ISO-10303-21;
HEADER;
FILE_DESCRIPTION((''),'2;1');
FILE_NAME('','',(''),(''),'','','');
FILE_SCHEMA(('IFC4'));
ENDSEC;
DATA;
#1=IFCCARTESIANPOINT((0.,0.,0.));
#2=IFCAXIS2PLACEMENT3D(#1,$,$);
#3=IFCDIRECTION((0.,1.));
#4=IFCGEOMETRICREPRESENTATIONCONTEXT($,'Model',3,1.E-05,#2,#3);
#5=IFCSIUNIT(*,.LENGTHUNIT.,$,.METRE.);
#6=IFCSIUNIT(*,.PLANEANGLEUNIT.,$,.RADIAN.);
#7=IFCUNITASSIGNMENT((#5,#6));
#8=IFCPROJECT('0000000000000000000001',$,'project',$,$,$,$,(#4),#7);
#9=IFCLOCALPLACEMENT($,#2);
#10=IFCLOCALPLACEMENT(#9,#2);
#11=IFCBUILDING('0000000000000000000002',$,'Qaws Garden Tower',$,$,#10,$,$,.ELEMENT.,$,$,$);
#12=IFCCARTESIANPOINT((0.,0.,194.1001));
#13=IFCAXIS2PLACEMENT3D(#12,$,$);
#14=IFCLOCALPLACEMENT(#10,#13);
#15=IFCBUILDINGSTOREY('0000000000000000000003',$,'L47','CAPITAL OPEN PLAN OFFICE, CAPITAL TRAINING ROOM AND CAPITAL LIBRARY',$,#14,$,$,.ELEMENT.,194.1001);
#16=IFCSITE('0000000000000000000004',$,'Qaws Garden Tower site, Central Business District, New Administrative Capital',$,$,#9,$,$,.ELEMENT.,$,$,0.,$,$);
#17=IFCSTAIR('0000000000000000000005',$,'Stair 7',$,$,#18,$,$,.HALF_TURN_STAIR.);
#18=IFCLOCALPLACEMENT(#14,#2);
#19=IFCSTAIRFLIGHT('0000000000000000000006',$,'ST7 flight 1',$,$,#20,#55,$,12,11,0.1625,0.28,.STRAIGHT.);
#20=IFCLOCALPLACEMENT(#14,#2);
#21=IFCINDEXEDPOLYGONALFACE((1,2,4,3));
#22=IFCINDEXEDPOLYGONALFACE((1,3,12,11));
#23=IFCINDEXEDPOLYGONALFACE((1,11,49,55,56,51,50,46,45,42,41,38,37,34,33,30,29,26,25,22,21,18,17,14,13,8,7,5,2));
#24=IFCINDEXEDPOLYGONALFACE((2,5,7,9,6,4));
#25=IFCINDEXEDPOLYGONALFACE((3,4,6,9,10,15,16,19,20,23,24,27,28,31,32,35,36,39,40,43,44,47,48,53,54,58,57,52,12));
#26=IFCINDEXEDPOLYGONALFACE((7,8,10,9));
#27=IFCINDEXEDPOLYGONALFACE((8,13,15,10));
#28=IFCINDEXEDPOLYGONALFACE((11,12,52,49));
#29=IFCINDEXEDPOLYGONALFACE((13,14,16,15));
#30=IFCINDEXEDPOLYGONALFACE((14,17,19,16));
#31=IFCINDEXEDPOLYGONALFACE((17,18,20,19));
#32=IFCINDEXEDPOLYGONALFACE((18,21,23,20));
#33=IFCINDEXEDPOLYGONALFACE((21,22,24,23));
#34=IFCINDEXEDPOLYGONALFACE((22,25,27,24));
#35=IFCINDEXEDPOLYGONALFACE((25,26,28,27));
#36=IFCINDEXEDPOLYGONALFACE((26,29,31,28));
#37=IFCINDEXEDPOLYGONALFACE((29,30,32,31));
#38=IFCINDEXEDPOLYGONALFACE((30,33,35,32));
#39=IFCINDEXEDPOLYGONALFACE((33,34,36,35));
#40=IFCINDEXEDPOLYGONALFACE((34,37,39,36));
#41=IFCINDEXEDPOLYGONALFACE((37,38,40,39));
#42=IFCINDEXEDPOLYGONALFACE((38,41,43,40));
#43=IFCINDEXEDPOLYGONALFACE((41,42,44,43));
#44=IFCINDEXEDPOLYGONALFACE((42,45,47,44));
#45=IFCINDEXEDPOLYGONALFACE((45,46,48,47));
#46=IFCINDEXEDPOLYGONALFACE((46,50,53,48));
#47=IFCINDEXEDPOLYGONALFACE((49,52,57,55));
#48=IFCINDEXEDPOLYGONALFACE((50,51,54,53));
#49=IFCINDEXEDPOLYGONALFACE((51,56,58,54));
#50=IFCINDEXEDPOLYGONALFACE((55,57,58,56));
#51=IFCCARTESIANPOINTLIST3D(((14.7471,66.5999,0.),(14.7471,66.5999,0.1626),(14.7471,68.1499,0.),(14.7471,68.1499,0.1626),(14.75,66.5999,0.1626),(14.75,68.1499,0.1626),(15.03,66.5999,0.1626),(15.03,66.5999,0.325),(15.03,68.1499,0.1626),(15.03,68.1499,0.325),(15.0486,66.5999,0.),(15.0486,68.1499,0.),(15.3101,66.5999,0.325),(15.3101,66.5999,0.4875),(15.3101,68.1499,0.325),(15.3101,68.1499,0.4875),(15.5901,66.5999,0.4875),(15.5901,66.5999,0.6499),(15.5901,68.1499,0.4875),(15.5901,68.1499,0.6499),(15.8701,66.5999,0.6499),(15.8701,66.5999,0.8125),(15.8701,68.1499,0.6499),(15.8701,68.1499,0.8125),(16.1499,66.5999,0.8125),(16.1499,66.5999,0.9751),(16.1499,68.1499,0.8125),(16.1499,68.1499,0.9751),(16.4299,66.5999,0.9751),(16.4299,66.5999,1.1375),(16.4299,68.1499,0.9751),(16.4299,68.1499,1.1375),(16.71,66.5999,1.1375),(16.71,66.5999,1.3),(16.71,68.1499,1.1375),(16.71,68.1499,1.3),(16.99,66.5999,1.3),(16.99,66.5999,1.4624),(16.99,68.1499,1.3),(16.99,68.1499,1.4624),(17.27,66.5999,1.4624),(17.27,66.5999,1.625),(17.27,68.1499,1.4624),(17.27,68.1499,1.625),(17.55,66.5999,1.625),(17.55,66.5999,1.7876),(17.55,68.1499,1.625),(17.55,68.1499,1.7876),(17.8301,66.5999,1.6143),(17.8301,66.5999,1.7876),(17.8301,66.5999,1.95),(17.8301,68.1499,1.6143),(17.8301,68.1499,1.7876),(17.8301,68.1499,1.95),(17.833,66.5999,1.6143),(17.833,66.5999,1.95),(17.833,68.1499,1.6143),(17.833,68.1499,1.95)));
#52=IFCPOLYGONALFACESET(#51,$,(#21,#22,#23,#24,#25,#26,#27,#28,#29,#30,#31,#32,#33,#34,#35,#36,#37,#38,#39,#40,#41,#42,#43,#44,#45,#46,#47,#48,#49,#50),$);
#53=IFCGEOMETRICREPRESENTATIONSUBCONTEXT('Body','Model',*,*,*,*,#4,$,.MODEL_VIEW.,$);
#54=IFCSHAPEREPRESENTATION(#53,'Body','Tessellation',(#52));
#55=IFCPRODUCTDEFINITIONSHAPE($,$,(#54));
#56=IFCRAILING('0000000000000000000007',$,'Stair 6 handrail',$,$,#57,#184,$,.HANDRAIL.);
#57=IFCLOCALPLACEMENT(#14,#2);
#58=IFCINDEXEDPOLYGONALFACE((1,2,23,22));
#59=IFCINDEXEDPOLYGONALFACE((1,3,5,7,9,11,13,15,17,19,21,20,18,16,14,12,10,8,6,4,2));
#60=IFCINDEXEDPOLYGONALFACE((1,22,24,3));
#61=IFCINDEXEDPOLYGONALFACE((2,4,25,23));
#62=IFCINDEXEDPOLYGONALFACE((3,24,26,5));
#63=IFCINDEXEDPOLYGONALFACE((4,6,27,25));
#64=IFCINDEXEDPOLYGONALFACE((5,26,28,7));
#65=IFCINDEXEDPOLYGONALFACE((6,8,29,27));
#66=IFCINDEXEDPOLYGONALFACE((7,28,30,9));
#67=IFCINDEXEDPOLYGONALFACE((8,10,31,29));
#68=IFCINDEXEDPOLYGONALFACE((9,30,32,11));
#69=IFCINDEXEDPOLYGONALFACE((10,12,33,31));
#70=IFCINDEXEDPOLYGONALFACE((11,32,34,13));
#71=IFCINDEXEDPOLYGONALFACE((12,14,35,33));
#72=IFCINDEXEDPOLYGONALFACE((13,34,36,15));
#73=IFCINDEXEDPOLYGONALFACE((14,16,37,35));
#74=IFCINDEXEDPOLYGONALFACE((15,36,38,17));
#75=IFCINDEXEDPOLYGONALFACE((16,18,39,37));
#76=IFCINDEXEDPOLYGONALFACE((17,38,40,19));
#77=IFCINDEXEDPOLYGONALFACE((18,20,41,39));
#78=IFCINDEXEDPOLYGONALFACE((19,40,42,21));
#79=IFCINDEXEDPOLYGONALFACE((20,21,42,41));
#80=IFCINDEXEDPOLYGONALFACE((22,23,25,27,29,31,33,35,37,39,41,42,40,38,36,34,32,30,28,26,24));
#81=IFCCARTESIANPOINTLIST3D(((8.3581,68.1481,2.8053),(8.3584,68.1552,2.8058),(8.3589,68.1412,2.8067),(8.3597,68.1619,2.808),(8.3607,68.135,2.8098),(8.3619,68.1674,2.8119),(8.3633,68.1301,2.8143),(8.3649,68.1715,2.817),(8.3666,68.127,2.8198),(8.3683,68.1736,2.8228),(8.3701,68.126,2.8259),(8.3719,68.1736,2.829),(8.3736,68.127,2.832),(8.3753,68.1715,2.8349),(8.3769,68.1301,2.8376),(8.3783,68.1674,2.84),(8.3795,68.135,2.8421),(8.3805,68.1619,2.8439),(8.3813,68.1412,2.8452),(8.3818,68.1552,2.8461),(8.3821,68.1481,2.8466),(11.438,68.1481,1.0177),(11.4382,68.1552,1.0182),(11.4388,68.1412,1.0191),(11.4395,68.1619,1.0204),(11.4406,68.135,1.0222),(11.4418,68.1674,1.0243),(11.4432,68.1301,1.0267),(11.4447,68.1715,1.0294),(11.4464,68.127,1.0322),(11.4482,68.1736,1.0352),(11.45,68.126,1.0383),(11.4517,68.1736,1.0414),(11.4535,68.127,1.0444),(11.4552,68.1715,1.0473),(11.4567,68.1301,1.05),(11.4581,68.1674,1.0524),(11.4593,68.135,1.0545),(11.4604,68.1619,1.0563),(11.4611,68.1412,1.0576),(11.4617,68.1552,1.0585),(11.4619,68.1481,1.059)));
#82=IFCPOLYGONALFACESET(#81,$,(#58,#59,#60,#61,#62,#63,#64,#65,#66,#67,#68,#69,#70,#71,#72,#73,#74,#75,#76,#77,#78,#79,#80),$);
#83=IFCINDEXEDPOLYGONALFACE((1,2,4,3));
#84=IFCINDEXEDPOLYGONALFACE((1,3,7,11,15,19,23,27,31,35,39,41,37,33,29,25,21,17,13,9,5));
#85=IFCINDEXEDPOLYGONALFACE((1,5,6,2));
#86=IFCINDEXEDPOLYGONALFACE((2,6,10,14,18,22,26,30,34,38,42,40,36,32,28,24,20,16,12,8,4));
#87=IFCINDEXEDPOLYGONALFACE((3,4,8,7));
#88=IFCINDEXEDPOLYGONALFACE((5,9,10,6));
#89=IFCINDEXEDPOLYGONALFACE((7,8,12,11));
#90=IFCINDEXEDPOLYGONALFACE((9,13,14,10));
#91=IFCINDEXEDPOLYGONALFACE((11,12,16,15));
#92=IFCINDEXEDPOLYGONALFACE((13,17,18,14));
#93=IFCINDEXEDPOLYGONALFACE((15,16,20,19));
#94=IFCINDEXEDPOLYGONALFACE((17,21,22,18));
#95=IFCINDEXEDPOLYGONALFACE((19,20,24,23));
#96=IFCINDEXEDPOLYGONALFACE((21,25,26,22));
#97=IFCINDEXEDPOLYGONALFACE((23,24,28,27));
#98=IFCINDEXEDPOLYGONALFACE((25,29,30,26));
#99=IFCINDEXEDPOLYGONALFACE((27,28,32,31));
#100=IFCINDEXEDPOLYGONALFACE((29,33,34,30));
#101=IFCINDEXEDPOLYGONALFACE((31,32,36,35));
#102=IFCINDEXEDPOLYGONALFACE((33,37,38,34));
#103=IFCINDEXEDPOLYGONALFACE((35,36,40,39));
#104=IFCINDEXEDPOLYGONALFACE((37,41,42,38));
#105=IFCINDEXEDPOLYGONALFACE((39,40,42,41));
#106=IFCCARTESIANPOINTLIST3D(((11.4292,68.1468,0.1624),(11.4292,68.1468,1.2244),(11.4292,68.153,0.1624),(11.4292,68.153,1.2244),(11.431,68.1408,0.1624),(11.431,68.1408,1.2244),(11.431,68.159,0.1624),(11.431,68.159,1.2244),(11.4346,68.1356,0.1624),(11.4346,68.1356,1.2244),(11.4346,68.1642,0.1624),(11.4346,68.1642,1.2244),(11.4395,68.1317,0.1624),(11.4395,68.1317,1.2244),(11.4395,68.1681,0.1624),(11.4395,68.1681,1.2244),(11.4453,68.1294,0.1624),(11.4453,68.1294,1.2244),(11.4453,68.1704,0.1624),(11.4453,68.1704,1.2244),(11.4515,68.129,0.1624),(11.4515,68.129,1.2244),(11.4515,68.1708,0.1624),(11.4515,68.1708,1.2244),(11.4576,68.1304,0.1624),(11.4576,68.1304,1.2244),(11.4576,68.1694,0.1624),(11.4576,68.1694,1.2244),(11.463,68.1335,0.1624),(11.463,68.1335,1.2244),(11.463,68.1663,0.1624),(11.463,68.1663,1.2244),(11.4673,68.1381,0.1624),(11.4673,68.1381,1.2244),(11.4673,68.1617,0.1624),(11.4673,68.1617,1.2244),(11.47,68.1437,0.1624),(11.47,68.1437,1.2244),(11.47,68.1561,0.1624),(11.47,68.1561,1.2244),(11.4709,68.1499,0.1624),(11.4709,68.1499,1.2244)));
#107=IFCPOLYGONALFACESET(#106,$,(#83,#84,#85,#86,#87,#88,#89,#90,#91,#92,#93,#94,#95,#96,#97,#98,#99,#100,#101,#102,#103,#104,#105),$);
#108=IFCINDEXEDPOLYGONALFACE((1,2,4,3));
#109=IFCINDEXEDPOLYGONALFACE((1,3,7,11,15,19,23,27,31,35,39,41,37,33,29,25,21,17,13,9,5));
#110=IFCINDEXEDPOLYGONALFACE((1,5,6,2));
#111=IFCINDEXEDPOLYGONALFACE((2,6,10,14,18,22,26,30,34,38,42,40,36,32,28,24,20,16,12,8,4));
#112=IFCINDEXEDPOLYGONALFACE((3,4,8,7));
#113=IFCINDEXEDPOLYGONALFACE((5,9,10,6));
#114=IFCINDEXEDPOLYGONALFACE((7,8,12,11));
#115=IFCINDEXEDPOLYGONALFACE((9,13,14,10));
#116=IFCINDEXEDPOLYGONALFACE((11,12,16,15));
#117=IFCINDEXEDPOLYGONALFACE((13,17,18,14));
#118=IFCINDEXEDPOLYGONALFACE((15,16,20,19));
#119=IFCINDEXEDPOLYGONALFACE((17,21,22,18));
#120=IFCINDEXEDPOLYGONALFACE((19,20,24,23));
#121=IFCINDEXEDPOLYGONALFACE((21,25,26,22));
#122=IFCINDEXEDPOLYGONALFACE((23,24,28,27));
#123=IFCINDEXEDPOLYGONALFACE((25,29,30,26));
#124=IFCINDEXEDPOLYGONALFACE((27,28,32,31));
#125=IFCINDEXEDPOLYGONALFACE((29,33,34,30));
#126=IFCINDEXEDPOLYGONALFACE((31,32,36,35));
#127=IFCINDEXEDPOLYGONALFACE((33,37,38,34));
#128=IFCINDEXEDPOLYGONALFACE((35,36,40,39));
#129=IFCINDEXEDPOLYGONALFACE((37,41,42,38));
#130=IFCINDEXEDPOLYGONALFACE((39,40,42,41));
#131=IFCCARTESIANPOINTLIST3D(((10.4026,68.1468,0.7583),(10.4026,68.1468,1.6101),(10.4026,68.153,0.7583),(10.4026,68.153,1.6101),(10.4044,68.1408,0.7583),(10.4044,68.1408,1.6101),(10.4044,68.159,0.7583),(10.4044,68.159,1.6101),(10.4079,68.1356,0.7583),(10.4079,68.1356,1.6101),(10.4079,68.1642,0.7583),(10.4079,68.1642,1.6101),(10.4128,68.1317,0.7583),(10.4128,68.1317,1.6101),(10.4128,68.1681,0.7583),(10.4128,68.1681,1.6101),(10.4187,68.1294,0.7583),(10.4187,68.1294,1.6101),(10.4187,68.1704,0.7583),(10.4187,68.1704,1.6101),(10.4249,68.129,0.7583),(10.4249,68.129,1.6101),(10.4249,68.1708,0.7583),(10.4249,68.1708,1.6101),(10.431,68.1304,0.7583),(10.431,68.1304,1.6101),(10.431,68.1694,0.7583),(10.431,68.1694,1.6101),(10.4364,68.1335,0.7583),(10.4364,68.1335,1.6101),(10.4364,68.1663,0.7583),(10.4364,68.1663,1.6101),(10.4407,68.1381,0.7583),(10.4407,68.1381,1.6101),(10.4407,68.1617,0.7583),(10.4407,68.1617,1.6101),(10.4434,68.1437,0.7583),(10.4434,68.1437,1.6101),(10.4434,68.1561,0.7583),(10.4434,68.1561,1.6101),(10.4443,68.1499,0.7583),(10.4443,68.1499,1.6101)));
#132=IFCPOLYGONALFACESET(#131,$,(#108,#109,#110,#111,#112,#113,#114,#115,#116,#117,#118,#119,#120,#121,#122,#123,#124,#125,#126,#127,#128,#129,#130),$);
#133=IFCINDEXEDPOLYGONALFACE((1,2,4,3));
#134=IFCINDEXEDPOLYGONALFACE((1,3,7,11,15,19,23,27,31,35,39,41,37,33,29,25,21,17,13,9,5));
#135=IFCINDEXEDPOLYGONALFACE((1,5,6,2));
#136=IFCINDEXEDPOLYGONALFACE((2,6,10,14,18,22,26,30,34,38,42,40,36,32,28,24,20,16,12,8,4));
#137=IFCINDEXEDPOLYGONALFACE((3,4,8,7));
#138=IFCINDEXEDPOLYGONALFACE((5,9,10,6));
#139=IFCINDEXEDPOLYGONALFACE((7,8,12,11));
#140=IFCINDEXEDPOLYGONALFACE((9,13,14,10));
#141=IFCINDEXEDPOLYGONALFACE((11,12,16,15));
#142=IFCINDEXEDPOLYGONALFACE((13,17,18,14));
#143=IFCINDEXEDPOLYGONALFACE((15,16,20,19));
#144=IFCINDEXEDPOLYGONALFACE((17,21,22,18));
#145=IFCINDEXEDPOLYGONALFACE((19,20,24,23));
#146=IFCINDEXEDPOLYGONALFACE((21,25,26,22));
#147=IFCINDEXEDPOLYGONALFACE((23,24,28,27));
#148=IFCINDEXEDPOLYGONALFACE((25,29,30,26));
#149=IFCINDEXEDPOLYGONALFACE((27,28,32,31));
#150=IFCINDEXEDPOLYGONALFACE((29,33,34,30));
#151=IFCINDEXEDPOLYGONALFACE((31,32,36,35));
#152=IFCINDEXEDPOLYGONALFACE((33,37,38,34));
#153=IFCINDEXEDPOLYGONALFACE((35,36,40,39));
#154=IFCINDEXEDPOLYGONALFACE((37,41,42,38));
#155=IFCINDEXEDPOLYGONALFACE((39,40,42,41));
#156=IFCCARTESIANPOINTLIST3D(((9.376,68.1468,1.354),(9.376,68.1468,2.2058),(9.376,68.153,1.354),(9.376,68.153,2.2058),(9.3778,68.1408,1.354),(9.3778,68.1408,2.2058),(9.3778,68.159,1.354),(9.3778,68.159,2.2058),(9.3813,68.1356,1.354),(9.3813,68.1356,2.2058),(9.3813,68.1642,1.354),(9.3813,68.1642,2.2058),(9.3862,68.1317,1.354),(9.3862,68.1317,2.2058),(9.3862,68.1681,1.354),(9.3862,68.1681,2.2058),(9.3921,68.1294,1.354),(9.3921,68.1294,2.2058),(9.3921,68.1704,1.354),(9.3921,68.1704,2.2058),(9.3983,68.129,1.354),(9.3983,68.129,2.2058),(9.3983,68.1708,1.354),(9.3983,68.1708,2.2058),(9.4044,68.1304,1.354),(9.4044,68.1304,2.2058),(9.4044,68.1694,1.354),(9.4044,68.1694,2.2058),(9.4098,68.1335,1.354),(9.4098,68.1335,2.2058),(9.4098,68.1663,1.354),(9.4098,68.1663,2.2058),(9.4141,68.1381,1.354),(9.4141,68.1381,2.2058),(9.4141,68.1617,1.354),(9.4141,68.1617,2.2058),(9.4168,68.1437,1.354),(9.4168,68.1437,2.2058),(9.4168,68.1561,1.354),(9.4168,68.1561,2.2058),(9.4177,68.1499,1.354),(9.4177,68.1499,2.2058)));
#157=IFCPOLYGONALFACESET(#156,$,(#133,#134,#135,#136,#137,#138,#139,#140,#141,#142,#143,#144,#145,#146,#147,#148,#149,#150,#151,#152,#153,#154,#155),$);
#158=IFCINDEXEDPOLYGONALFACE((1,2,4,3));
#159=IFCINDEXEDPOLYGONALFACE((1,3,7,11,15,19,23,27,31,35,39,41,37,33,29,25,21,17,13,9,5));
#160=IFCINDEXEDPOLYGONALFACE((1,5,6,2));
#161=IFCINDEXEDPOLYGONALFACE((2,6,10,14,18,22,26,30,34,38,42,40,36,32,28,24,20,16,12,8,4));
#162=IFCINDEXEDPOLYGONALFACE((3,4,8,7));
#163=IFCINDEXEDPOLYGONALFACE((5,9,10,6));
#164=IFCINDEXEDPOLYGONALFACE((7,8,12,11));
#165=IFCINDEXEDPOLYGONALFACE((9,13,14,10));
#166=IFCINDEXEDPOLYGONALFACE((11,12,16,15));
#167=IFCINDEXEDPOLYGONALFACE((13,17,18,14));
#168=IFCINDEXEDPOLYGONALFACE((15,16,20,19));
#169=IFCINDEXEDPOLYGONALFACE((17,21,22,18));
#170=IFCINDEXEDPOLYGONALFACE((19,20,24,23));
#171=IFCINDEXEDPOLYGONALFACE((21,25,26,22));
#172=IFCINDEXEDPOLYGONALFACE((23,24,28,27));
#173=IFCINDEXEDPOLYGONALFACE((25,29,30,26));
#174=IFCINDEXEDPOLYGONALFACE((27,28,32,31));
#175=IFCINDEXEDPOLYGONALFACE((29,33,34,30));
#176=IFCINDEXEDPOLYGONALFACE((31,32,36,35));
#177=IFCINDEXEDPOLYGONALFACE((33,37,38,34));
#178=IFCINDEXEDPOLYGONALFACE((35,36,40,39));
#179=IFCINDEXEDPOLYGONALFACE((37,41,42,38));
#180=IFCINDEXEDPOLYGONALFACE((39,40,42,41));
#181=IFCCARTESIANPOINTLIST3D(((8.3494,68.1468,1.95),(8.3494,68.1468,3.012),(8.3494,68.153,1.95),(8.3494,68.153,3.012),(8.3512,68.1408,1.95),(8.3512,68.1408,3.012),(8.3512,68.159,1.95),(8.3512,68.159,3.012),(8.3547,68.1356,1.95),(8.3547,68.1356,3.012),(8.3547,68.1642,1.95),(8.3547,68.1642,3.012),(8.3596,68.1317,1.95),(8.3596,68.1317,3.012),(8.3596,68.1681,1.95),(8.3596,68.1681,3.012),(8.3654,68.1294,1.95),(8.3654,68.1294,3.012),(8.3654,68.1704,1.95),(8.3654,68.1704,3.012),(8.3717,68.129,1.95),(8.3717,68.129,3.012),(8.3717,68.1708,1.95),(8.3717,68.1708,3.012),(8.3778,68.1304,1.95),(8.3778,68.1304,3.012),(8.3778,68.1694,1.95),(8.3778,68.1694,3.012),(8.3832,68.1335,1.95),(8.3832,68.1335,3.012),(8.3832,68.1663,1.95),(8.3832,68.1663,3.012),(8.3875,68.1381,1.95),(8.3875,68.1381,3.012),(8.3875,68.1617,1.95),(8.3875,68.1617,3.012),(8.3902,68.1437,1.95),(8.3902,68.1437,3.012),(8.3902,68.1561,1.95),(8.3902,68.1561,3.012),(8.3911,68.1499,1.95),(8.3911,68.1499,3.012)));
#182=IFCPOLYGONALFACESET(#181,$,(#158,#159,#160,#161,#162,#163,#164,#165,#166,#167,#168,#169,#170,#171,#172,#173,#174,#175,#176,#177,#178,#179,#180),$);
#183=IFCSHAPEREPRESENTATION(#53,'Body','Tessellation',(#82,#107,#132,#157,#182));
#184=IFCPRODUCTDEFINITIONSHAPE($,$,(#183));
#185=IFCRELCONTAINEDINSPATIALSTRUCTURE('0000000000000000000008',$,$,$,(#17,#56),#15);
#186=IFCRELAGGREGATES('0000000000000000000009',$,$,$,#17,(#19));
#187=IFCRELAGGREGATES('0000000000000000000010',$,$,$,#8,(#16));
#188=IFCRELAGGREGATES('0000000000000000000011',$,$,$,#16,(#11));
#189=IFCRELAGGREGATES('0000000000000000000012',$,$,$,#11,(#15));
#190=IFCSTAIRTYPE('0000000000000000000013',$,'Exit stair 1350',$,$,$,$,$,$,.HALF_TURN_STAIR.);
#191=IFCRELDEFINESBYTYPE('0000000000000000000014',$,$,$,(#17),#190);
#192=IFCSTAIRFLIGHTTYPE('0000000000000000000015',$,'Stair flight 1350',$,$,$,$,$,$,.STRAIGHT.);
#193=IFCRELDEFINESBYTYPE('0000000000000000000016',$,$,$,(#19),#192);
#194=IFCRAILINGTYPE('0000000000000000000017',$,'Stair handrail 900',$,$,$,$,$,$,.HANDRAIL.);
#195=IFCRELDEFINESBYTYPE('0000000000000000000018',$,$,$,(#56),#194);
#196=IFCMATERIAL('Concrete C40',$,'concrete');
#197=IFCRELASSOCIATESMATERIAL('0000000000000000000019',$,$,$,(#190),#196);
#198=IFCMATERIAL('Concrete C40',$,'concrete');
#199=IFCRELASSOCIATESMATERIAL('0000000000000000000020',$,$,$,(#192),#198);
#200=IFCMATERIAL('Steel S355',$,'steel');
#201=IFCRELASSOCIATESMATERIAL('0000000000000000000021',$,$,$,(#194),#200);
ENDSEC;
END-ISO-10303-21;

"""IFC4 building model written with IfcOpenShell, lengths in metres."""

from ifc_helpers import new_model, si_unit, direction, frame, origin, origin_2d, place, context, subcontext, project, spatial, polyline, circle, outline, extrude, material, type_object, element, aggregate, save


model = new_model("IFC4")

# Units and contexts
model_context = context("Model", 3, precision=1e-05, world=origin(), true_north=direction((0.0, 1.0)))
body_context = subcontext(model_context, "Body", "Model", "MODEL_VIEW")
ifc_project = project(units=[si_unit("LENGTHUNIT", "METRE"), si_unit("PLANEANGLEUNIT", "RADIAN")], contexts=[model_context])

# Site, building, storey
site_placement = place(None, origin())
site = spatial("IfcSite", under=ifc_project, at=site_placement, Name="Qaws Garden Tower site, Central Business District, New Administrative Capital", CompositionType="ELEMENT", RefElevation=0.0)
building_placement = place(site_placement, origin())
building = spatial("IfcBuilding", under=site, at=building_placement, Name="Qaws Garden Tower", CompositionType="ELEMENT")
storey_placement = place(building_placement, frame((0.0, 0.0, 194.1001)))
storey = spatial("IfcBuildingStorey", under=building, at=storey_placement, Name="L47", Description="CAPITAL OPEN PLAN OFFICE, CAPITAL TRAINING ROOM AND CAPITAL LIBRARY", CompositionType="ELEMENT", Elevation=194.1001)

# Shared definitions
ifc_material_1 = material(Name="Concrete C40", Category="concrete")
stair_type = type_object("IfcStairType", Name="Exit stair 1350", PredefinedType="HALF_TURN_STAIR", material=ifc_material_1)
placement = place(storey_placement, origin())
ifc_material_2 = material(Name="Concrete C40", Category="concrete")
stair_flight_type = type_object("IfcStairFlightType", Name="Stair flight 1350", PredefinedType="STRAIGHT", material=ifc_material_2)

# Stair, stair flight
stair_1 = element("IfcStair", 1, at=placement, inside=storey, type_object=stair_type, Name="Stair 7", PredefinedType="HALF_TURN_STAIR")
stair_flight_1_placement = place(storey_placement, frame((14.75, 67.375, 0.0), z_axis=(0.0, 0.0, 1.0), x_axis=(1.0, 0.0, 0.0)))
stair_flight_1 = element("IfcStairFlight", 2, at=stair_flight_1_placement, type_object=stair_flight_type, Name="ST7 flight 1", NumberOfRisers=12, NumberOfTreads=11, PredefinedType="STRAIGHT", RiserHeight=0.1625, TreadLength=0.28, context=body_context, shape_type="SweptSolid", body=[
    extrude(outline(polyline([(-0.0029, 0.0), (-0.0029, 0.1626), (0.0, 0.1626), (0.28, 0.1626), (0.28, 0.325), (0.5601, 0.325), (0.5601, 0.4875), (0.8401, 0.4875), (0.8401, 0.6499), (1.1201, 0.6499), (1.1201, 0.8125), (1.3999, 0.8125), (1.3999, 0.9751), (1.6799, 0.9751), (1.6799, 1.1375), (1.96, 1.1375), (1.96, 1.3), (2.24, 1.3), (2.24, 1.4624), (2.52, 1.4624), (2.52, 1.625), (2.8, 1.625), (2.8, 1.7876), (3.0801, 1.7876), (3.0801, 1.95), (3.083, 1.95), (3.083, 1.6143), (3.0801, 1.6143), (0.2986, 0.0), (-0.0029, 0.0)])), frame((0.0, 0.7749, 0.0), z_axis=(0.0, -1.0, 0.0), x_axis=(1.0, 0.0, 0.0)), (0.0, 0.0, 1.0), 1.55),
])
aggregate(stair_1, [stair_flight_1])

# Railing
ifc_material_3 = material(Name="Steel S355", Category="steel")
railing_type = type_object("IfcRailingType", Name="Stair handrail 900", PredefinedType="HANDRAIL", material=ifc_material_3)
railing_1_placement = place(storey_placement, frame((11.45, 68.1499, 0.1624)))
element("IfcRailing", 3, at=railing_1_placement, inside=storey, type_object=railing_type, Name="Stair 6 handrail", PredefinedType="HANDRAIL", context=body_context, shape_type="SweptSolid", body=[
    extrude(circle(Radius=0.0239, at=origin_2d()), frame((0.0, 0.0, 0.876), z_axis=(-0.864873, 0.0, 0.50199), x_axis=(0.0, -1.0, 0.0)), (0.0, 0.0, 1.0), 3.561),
    extrude(circle(Radius=0.021, at=origin_2d()), origin(), (0.0, 0.0, 1.0), 1.062),
    extrude(circle(Radius=0.021, at=origin_2d()), frame((-1.0266, 0.0, 0.5959)), (0.0, 0.0, 1.0), 0.8518),
    extrude(circle(Radius=0.021, at=origin_2d()), frame((-2.0532, 0.0, 1.1917)), (0.0, 0.0, 1.0), 0.8518),
    extrude(circle(Radius=0.021, at=origin_2d()), frame((-3.0798, 0.0, 1.7876)), (0.0, 0.0, 1.0), 1.062),
])

save(model, "model.ifc")
